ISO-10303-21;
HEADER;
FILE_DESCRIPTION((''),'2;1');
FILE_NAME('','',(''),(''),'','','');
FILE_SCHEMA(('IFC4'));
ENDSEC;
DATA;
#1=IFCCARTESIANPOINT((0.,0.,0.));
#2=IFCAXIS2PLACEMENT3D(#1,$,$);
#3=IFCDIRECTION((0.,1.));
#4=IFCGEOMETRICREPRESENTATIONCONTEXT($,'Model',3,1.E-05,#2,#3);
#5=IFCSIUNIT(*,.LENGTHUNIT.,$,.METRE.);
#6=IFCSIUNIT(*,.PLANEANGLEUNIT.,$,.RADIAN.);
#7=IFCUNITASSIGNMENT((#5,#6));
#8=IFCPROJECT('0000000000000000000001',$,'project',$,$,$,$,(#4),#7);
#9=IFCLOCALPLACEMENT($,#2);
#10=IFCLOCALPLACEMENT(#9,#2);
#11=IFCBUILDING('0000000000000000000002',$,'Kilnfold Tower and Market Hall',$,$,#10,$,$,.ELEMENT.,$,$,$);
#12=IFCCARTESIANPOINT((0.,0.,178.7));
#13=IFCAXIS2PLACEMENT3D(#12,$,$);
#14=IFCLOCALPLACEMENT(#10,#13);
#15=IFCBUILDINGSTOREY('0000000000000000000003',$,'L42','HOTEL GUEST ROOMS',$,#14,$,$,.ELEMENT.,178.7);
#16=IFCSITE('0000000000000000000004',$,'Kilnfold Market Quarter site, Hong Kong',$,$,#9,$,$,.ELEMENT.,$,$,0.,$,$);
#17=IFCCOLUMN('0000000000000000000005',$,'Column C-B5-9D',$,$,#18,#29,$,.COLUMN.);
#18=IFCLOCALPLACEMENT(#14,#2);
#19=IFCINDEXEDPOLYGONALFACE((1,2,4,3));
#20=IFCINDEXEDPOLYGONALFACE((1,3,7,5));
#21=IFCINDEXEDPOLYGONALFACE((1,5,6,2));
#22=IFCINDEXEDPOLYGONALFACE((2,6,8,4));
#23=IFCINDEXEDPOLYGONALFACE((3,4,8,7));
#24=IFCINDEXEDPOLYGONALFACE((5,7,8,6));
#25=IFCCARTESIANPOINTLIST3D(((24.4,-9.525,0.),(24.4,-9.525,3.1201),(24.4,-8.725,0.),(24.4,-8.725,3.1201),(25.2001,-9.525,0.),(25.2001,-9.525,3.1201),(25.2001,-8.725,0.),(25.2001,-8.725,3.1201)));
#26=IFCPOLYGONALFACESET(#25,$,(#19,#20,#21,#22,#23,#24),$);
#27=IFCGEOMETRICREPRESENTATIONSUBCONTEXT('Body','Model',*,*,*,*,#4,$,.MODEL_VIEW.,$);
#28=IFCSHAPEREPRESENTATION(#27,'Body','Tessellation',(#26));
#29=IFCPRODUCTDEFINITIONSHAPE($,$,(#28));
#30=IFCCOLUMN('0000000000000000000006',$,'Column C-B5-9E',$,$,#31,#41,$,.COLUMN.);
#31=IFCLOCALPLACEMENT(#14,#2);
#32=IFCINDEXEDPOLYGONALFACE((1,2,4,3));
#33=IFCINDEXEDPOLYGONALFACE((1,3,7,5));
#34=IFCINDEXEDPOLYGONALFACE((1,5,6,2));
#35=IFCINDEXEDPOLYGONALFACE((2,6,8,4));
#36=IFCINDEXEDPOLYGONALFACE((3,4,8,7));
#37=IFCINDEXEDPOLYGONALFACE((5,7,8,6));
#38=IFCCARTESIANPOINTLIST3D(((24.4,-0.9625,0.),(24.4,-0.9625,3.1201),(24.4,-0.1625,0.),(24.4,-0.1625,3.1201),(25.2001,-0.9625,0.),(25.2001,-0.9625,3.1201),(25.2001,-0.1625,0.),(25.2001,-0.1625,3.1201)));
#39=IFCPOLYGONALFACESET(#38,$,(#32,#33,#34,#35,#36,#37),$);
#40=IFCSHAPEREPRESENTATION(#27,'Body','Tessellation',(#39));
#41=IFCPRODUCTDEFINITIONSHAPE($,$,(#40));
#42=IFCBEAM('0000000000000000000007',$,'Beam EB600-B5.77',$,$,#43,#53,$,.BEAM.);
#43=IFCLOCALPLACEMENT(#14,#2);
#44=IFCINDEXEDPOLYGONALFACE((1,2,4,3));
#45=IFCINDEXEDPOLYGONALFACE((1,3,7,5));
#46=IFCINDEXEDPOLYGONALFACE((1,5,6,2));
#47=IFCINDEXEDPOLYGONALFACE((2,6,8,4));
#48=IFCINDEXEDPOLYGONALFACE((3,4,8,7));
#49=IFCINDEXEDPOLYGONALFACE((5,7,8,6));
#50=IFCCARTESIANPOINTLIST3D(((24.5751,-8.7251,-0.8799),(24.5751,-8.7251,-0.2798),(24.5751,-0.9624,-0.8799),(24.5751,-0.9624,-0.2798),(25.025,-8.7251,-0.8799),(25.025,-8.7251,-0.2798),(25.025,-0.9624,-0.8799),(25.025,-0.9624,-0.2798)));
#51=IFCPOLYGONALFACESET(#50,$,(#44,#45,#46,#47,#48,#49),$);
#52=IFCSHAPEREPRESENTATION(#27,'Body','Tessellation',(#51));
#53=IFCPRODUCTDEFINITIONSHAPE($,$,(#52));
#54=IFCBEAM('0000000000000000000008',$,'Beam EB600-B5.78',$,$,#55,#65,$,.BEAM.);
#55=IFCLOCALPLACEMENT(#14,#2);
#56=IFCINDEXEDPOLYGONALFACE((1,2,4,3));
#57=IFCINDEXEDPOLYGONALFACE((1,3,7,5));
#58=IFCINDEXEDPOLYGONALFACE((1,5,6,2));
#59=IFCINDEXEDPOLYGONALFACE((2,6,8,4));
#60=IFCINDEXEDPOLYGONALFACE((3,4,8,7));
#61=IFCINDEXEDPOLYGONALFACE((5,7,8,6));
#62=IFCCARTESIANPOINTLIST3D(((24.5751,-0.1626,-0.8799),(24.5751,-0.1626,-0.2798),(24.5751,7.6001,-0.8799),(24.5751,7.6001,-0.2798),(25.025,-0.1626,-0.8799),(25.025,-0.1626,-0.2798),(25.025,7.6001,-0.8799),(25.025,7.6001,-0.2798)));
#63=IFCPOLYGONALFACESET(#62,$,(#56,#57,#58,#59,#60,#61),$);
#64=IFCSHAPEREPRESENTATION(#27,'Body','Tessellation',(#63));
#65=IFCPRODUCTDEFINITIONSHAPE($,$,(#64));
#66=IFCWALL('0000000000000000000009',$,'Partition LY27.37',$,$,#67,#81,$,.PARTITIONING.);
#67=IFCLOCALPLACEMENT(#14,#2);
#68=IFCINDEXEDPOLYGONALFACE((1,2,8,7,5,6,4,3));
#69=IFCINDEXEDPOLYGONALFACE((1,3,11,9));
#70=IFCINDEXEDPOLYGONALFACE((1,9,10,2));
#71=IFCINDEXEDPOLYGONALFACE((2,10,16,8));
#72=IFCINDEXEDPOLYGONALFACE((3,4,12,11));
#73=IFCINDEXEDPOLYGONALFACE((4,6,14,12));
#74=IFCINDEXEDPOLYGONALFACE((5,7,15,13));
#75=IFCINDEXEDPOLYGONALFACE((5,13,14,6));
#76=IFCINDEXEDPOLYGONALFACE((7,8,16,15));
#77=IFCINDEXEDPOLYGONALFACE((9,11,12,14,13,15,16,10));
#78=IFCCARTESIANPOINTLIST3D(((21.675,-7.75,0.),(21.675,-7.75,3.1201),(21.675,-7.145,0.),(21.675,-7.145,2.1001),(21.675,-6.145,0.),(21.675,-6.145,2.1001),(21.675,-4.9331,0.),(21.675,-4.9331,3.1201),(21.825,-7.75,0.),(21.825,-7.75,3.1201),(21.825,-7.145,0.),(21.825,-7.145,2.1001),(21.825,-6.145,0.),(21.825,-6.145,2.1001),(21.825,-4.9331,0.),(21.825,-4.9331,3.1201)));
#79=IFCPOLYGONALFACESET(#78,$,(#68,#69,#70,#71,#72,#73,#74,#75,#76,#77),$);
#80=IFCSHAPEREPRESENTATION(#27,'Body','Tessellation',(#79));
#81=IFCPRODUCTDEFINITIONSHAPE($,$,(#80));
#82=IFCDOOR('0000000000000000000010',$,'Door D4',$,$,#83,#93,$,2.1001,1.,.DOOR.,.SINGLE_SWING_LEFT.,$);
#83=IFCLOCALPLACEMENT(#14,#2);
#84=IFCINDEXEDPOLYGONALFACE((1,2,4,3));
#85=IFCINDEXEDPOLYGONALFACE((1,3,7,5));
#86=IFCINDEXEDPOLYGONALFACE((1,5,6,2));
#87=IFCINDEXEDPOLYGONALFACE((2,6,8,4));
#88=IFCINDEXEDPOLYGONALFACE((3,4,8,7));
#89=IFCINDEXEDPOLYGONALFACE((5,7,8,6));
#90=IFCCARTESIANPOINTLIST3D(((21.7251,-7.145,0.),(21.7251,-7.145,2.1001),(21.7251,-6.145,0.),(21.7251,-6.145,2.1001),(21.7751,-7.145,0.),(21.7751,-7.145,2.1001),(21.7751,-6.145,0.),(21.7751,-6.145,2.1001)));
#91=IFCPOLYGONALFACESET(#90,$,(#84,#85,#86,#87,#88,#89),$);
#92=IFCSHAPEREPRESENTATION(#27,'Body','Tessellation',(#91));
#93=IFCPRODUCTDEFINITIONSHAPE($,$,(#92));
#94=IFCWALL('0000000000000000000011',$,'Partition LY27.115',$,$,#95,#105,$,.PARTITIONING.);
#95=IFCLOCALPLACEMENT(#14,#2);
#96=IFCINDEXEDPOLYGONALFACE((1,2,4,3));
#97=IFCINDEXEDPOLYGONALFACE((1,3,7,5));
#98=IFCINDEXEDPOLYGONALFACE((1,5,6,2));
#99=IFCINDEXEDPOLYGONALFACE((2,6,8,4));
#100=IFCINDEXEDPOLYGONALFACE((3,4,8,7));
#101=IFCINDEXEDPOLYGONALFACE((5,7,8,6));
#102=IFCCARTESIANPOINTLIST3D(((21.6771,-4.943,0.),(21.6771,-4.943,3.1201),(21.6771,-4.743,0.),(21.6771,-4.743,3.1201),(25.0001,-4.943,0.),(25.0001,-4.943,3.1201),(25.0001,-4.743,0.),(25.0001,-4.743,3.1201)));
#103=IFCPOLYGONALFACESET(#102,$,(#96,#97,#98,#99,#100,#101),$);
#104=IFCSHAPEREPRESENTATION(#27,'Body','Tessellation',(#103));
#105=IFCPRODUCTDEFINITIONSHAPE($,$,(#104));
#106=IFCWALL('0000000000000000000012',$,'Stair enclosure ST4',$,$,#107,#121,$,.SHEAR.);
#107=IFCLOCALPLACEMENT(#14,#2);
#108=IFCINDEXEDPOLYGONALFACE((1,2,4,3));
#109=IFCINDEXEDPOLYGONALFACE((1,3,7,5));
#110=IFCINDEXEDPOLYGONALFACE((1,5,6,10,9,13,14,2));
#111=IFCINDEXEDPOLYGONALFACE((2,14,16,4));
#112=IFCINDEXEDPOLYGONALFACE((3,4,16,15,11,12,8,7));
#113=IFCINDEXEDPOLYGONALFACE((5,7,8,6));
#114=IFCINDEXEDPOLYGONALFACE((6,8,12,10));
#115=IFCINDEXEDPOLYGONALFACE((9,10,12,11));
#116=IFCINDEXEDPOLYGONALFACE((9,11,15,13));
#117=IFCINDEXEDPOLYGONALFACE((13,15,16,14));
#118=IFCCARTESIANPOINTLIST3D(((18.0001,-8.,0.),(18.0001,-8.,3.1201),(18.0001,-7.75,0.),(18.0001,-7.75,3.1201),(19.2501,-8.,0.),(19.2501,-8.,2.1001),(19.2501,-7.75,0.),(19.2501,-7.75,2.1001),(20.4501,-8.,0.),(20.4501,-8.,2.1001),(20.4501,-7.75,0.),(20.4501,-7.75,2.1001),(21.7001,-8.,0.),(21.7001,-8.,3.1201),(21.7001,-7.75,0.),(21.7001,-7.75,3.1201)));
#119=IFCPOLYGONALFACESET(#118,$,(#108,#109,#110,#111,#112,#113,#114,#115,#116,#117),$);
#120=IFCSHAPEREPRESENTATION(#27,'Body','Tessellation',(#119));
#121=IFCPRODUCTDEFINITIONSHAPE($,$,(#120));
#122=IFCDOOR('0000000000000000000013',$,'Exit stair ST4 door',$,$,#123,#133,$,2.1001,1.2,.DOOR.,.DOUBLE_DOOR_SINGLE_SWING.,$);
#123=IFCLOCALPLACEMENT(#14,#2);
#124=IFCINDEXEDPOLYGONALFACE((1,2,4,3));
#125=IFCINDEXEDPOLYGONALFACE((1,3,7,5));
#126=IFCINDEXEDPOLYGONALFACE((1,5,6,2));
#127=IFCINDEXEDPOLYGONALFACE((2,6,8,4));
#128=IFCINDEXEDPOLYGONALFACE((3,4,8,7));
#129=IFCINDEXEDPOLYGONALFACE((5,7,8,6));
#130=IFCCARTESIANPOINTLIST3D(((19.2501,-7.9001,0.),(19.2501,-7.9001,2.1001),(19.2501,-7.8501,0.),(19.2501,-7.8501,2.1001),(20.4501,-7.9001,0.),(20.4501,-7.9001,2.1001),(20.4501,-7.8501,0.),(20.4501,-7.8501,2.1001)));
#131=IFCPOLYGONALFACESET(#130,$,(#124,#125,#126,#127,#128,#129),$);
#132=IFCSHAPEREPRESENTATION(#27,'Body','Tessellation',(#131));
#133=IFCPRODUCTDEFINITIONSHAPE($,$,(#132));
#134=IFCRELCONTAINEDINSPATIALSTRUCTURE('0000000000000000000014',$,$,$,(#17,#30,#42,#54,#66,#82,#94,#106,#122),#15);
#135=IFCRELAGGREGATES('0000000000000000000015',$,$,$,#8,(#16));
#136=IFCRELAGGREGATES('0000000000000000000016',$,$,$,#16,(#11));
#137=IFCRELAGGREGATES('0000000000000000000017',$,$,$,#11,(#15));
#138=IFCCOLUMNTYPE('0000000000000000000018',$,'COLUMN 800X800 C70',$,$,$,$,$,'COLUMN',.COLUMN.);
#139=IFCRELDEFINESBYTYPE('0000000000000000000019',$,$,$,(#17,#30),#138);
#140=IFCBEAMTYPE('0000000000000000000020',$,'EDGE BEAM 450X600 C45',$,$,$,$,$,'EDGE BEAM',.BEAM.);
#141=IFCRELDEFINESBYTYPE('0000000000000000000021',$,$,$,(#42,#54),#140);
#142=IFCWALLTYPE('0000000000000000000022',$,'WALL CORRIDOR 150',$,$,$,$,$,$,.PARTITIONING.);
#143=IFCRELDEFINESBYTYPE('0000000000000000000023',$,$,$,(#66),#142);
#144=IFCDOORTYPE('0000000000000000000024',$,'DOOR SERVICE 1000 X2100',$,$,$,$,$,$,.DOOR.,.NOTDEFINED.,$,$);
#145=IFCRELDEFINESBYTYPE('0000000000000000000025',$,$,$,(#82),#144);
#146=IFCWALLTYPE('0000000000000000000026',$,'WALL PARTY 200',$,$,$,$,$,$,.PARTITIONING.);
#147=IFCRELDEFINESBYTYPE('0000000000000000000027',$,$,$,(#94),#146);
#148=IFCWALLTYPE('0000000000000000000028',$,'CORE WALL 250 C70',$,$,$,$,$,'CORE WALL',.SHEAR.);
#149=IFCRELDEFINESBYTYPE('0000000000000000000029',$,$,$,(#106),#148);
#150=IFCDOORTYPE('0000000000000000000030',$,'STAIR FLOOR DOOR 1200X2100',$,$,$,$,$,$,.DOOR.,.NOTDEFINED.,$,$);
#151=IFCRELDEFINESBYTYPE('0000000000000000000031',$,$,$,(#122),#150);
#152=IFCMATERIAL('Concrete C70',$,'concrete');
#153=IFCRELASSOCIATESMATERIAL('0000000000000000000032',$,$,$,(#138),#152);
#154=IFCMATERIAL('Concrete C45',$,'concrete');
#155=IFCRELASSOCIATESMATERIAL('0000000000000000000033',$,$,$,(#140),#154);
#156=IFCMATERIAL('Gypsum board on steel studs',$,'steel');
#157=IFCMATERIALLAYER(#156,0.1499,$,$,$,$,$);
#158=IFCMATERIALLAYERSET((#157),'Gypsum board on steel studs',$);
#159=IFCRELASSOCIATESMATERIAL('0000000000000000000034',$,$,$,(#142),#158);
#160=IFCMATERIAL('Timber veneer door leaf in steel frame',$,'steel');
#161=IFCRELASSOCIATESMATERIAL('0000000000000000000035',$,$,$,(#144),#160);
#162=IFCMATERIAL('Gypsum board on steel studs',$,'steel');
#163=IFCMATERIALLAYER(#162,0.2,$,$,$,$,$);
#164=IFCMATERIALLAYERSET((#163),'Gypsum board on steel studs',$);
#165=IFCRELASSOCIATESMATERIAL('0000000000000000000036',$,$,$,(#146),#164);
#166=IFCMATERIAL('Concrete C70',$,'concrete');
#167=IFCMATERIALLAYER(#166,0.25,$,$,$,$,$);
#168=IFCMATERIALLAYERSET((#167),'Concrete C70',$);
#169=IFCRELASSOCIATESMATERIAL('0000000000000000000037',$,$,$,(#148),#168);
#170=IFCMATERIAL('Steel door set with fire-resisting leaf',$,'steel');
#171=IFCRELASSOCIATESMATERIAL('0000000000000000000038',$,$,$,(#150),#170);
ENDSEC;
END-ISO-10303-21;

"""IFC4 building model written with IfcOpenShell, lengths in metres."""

from ifc_helpers import new_model, si_unit, direction, frame, frame_2d, origin, origin_2d, place, context, subcontext, project, spatial, rectangle, extrude, source, transform, mapped, material, layer, layer_set, material_profile, profile_set, type_object, element, fill, save


model = new_model("IFC4")

# Units and contexts
model_context = context("Model", 3, precision=1e-05, world=origin(), true_north=direction((0.0, 1.0)))
body_context = subcontext(model_context, "Body", "Model", "MODEL_VIEW")
ifc_project = project(units=[si_unit("LENGTHUNIT", "METRE"), si_unit("PLANEANGLEUNIT", "RADIAN")], contexts=[model_context])

# Site, building, storey
site_placement = place(None, origin())
site = spatial("IfcSite", under=ifc_project, at=site_placement, Name="Kilnfold Market Quarter site, Hong Kong", CompositionType="ELEMENT", RefElevation=0.0)
building_placement = place(site_placement, origin())
building = spatial("IfcBuilding", under=site, at=building_placement, Name="Kilnfold Tower and Market Hall", CompositionType="ELEMENT")
storey_placement = place(building_placement, frame((0.0, 0.0, 178.7)))
storey = spatial("IfcBuildingStorey", under=building, at=storey_placement, Name="L42", Description="HOTEL GUEST ROOMS", CompositionType="ELEMENT", Elevation=178.7)

# Columns
ifc_material_1 = material(Name="Concrete C70", Category="concrete")
ifc_material_profile_1 = material_profile(ifc_material_1, rectangle(XDim=0.8, YDim=0.8, at=origin_2d()), Name="RC 800x800")
ifc_profile_set_1 = profile_set([ifc_material_profile_1], Name="Concrete C70")
column_type = type_object("IfcColumnType", Name="COLUMN 800X800 C70", ElementType="COLUMN", PredefinedType="COLUMN", material=ifc_profile_set_1)
shared_shape_1 = source(origin(), body_context, "Body", "SweptSolid", [
    extrude(rectangle(XDim=0.8, YDim=0.8, at=origin_2d()), origin(), (0.0, 0.0, 1.0), 3.1201),
])
for number, where, z_axis, x_axis, name in (
    (1, (24.8, -9.125, 0.0), (0.0, 0.0, 1.0), (1.0, 0.0, 0.0), "Column C-B5-9D"),
    (2, (24.8, -0.5625, 0.0), (0.0, 0.0, 1.0), (1.0, 0.0, 0.0), "Column C-B5-9E"),
):
    element("IfcColumn", number, at=place(storey_placement, frame(where, z_axis=z_axis, x_axis=x_axis)), inside=storey, type_object=column_type, Name=name, PredefinedType="COLUMN", context=body_context, shape_type="MappedRepresentation", body=[
        mapped(shared_shape_1, transform((0.0, 0.0, 0.0))),
    ])

# Beams
ifc_material_2 = material(Name="Concrete C45", Category="concrete")
ifc_material_profile_2 = material_profile(ifc_material_2, rectangle(XDim=0.45, YDim=0.6001, at=origin_2d()), Name="RC 450x600")
ifc_profile_set_2 = profile_set([ifc_material_profile_2], Name="Concrete C45")
beam_type = type_object("IfcBeamType", Name="EDGE BEAM 450X600 C45", ElementType="EDGE BEAM", PredefinedType="BEAM", material=ifc_profile_set_2)
shared_shape_2 = source(origin(), body_context, "Body", "SweptSolid", [
    extrude(rectangle(XDim=0.45, YDim=0.6001, at=origin_2d()), origin(), (0.0, 0.0, 1.0), 7.7627),
])
for number, where, z_axis, x_axis, name in (
    (3, (24.8, -8.7251, -0.5798), (0.0, 1.0, 0.0), (-1.0, 0.0, 0.0), "Beam EB600-B5.77"),
    (4, (24.8, -0.1626, -0.5798), (0.0, 1.0, 0.0), (-1.0, 0.0, 0.0), "Beam EB600-B5.78"),
):
    element("IfcBeam", number, at=place(storey_placement, frame(where, z_axis=z_axis, x_axis=x_axis)), inside=storey, type_object=beam_type, Name=name, PredefinedType="BEAM", context=body_context, shape_type="MappedRepresentation", body=[
        mapped(shared_shape_2, transform((0.0, 0.0, 0.0))),
    ])

# Wall, opening, door
ifc_material_3 = material(Name="Gypsum board on steel studs", Category="steel")
ifc_layer_1 = layer(ifc_material_3, 0.1499)
ifc_layer_set_1 = layer_set([ifc_layer_1], Name="Gypsum board on steel studs")
wall_type_1 = type_object("IfcWallType", Name="WALL CORRIDOR 150", PredefinedType="PARTITIONING", material=ifc_layer_set_1)
wall_1_placement = place(storey_placement, frame((21.75, -7.75, 0.0), z_axis=(0.0, 0.0, 1.0), x_axis=(0.0, 1.0, 0.0)))
wall_1 = element("IfcWall", 5, at=wall_1_placement, inside=storey, type_object=wall_type_1, Name="Partition LY27.37", PredefinedType="PARTITIONING", context=body_context, shape_type="SweptSolid", body=[
    extrude(rectangle(XDim=2.8169, YDim=0.1499, at=frame_2d((1.4084, 0.0))), origin(), (0.0, 0.0, 1.0), 3.1201),
])
opening_1_placement = place(wall_1_placement, frame((0.605, 0.0, 0.0)))
opening_1 = element("IfcOpeningElement", 6, at=opening_1_placement, cuts=wall_1, PredefinedType="OPENING", context=body_context, shape_type="SweptSolid", body=[
    extrude(rectangle(XDim=1.0, YDim=2.1001, at=frame_2d((0.5, 1.05))), frame((0.0, 0.085, 0.0), z_axis=(0.0, -1.0, 0.0), x_axis=(1.0, 0.0, 0.0)), (0.0, 0.0, 1.0), 0.1699),
])
ifc_material_4 = material(Name="Timber veneer door leaf in steel frame", Category="steel")
door_type_1 = type_object("IfcDoorType", Name="DOOR SERVICE 1000 X2100", OperationType="NOTDEFINED", PredefinedType="DOOR", material=ifc_material_4)
door_1_placement = place(opening_1_placement, origin())
door_1 = element("IfcDoor", 7, at=door_1_placement, inside=storey, type_object=door_type_1, Name="Door D4", OperationType="SINGLE_SWING_LEFT", OverallHeight=2.1001, OverallWidth=1.0, PredefinedType="DOOR", context=body_context, shape_type="SweptSolid", body=[
    extrude(rectangle(XDim=1.0, YDim=2.1001, at=frame_2d((0.5, 1.05))), frame((0.0, 0.0249, 0.0), z_axis=(0.0, -1.0, 0.0), x_axis=(1.0, 0.0, 0.0)), (0.0, 0.0, 1.0), 0.05),
])
fill(opening_1, door_1)

# Wall
ifc_material_5 = material(Name="Gypsum board on steel studs", Category="steel")
ifc_layer_2 = layer(ifc_material_5, 0.2)
ifc_layer_set_2 = layer_set([ifc_layer_2], Name="Gypsum board on steel studs")
wall_type_2 = type_object("IfcWallType", Name="WALL PARTY 200", PredefinedType="PARTITIONING", material=ifc_layer_set_2)
wall_2_placement = place(storey_placement, frame((21.677, -4.843, 0.0), z_axis=(0.0, 0.0, 1.0), x_axis=(1.0, 0.0, 0.0)))
element("IfcWall", 8, at=wall_2_placement, inside=storey, type_object=wall_type_2, Name="Partition LY27.115", PredefinedType="PARTITIONING", context=body_context, shape_type="SweptSolid", body=[
    extrude(rectangle(XDim=3.323, YDim=0.2, at=frame_2d((1.6616, 0.0))), origin(), (0.0, 0.0, 1.0), 3.1201),
])

# Wall, opening, door
ifc_material_6 = material(Name="Concrete C70", Category="concrete")
ifc_layer_3 = layer(ifc_material_6, 0.25)
ifc_layer_set_3 = layer_set([ifc_layer_3], Name="Concrete C70")
wall_type_3 = type_object("IfcWallType", Name="CORE WALL 250 C70", ElementType="CORE WALL", PredefinedType="SHEAR", material=ifc_layer_set_3)
shared_shape_3 = source(origin(), body_context, "Body", "SweptSolid", [
    extrude(rectangle(XDim=3.7, YDim=0.25, at=frame_2d((1.8501, 0.0))), origin(), (0.0, 0.0, 1.0), 3.1201),
])
wall_3_placement = place(storey_placement, frame((18.0, -7.875, 0.0), z_axis=(0.0, 0.0, 1.0), x_axis=(1.0, 0.0, 0.0)))
wall_3 = element("IfcWall", 9, at=wall_3_placement, inside=storey, type_object=wall_type_3, Name="Stair enclosure ST4", PredefinedType="SHEAR", context=body_context, shape_type="MappedRepresentation", body=[
    mapped(shared_shape_3, transform((0.0, 0.0, 0.0))),
])
opening_2_placement = place(wall_3_placement, frame((1.25, 0.0, 0.0)))
opening_2 = element("IfcOpeningElement", 10, at=opening_2_placement, cuts=wall_3, PredefinedType="OPENING", context=body_context, shape_type="SweptSolid", body=[
    extrude(rectangle(XDim=1.2, YDim=2.1001, at=frame_2d((0.6001, 1.05))), frame((0.0, 0.135, 0.0), z_axis=(0.0, -1.0, 0.0), x_axis=(1.0, 0.0, 0.0)), (0.0, 0.0, 1.0), 0.27),
])
ifc_material_7 = material(Name="Steel door set with fire-resisting leaf", Category="steel")
door_type_2 = type_object("IfcDoorType", Name="STAIR FLOOR DOOR 1200X2100", OperationType="NOTDEFINED", PredefinedType="DOOR", material=ifc_material_7)
door_2_placement = place(opening_2_placement, origin())
door_2 = element("IfcDoor", 11, at=door_2_placement, inside=storey, type_object=door_type_2, Name="Exit stair ST4 door", OperationType="DOUBLE_DOOR_SINGLE_SWING", OverallHeight=2.1001, OverallWidth=1.2, PredefinedType="DOOR", context=body_context, shape_type="SweptSolid", body=[
    extrude(rectangle(XDim=1.2, YDim=2.1001, at=frame_2d((0.6001, 1.05))), frame((0.0, 0.0249, 0.0), z_axis=(0.0, -1.0, 0.0), x_axis=(1.0, 0.0, 0.0)), (0.0, 0.0, 1.0), 0.05),
])
fill(opening_2, door_2)

save(model, "model.ifc")
